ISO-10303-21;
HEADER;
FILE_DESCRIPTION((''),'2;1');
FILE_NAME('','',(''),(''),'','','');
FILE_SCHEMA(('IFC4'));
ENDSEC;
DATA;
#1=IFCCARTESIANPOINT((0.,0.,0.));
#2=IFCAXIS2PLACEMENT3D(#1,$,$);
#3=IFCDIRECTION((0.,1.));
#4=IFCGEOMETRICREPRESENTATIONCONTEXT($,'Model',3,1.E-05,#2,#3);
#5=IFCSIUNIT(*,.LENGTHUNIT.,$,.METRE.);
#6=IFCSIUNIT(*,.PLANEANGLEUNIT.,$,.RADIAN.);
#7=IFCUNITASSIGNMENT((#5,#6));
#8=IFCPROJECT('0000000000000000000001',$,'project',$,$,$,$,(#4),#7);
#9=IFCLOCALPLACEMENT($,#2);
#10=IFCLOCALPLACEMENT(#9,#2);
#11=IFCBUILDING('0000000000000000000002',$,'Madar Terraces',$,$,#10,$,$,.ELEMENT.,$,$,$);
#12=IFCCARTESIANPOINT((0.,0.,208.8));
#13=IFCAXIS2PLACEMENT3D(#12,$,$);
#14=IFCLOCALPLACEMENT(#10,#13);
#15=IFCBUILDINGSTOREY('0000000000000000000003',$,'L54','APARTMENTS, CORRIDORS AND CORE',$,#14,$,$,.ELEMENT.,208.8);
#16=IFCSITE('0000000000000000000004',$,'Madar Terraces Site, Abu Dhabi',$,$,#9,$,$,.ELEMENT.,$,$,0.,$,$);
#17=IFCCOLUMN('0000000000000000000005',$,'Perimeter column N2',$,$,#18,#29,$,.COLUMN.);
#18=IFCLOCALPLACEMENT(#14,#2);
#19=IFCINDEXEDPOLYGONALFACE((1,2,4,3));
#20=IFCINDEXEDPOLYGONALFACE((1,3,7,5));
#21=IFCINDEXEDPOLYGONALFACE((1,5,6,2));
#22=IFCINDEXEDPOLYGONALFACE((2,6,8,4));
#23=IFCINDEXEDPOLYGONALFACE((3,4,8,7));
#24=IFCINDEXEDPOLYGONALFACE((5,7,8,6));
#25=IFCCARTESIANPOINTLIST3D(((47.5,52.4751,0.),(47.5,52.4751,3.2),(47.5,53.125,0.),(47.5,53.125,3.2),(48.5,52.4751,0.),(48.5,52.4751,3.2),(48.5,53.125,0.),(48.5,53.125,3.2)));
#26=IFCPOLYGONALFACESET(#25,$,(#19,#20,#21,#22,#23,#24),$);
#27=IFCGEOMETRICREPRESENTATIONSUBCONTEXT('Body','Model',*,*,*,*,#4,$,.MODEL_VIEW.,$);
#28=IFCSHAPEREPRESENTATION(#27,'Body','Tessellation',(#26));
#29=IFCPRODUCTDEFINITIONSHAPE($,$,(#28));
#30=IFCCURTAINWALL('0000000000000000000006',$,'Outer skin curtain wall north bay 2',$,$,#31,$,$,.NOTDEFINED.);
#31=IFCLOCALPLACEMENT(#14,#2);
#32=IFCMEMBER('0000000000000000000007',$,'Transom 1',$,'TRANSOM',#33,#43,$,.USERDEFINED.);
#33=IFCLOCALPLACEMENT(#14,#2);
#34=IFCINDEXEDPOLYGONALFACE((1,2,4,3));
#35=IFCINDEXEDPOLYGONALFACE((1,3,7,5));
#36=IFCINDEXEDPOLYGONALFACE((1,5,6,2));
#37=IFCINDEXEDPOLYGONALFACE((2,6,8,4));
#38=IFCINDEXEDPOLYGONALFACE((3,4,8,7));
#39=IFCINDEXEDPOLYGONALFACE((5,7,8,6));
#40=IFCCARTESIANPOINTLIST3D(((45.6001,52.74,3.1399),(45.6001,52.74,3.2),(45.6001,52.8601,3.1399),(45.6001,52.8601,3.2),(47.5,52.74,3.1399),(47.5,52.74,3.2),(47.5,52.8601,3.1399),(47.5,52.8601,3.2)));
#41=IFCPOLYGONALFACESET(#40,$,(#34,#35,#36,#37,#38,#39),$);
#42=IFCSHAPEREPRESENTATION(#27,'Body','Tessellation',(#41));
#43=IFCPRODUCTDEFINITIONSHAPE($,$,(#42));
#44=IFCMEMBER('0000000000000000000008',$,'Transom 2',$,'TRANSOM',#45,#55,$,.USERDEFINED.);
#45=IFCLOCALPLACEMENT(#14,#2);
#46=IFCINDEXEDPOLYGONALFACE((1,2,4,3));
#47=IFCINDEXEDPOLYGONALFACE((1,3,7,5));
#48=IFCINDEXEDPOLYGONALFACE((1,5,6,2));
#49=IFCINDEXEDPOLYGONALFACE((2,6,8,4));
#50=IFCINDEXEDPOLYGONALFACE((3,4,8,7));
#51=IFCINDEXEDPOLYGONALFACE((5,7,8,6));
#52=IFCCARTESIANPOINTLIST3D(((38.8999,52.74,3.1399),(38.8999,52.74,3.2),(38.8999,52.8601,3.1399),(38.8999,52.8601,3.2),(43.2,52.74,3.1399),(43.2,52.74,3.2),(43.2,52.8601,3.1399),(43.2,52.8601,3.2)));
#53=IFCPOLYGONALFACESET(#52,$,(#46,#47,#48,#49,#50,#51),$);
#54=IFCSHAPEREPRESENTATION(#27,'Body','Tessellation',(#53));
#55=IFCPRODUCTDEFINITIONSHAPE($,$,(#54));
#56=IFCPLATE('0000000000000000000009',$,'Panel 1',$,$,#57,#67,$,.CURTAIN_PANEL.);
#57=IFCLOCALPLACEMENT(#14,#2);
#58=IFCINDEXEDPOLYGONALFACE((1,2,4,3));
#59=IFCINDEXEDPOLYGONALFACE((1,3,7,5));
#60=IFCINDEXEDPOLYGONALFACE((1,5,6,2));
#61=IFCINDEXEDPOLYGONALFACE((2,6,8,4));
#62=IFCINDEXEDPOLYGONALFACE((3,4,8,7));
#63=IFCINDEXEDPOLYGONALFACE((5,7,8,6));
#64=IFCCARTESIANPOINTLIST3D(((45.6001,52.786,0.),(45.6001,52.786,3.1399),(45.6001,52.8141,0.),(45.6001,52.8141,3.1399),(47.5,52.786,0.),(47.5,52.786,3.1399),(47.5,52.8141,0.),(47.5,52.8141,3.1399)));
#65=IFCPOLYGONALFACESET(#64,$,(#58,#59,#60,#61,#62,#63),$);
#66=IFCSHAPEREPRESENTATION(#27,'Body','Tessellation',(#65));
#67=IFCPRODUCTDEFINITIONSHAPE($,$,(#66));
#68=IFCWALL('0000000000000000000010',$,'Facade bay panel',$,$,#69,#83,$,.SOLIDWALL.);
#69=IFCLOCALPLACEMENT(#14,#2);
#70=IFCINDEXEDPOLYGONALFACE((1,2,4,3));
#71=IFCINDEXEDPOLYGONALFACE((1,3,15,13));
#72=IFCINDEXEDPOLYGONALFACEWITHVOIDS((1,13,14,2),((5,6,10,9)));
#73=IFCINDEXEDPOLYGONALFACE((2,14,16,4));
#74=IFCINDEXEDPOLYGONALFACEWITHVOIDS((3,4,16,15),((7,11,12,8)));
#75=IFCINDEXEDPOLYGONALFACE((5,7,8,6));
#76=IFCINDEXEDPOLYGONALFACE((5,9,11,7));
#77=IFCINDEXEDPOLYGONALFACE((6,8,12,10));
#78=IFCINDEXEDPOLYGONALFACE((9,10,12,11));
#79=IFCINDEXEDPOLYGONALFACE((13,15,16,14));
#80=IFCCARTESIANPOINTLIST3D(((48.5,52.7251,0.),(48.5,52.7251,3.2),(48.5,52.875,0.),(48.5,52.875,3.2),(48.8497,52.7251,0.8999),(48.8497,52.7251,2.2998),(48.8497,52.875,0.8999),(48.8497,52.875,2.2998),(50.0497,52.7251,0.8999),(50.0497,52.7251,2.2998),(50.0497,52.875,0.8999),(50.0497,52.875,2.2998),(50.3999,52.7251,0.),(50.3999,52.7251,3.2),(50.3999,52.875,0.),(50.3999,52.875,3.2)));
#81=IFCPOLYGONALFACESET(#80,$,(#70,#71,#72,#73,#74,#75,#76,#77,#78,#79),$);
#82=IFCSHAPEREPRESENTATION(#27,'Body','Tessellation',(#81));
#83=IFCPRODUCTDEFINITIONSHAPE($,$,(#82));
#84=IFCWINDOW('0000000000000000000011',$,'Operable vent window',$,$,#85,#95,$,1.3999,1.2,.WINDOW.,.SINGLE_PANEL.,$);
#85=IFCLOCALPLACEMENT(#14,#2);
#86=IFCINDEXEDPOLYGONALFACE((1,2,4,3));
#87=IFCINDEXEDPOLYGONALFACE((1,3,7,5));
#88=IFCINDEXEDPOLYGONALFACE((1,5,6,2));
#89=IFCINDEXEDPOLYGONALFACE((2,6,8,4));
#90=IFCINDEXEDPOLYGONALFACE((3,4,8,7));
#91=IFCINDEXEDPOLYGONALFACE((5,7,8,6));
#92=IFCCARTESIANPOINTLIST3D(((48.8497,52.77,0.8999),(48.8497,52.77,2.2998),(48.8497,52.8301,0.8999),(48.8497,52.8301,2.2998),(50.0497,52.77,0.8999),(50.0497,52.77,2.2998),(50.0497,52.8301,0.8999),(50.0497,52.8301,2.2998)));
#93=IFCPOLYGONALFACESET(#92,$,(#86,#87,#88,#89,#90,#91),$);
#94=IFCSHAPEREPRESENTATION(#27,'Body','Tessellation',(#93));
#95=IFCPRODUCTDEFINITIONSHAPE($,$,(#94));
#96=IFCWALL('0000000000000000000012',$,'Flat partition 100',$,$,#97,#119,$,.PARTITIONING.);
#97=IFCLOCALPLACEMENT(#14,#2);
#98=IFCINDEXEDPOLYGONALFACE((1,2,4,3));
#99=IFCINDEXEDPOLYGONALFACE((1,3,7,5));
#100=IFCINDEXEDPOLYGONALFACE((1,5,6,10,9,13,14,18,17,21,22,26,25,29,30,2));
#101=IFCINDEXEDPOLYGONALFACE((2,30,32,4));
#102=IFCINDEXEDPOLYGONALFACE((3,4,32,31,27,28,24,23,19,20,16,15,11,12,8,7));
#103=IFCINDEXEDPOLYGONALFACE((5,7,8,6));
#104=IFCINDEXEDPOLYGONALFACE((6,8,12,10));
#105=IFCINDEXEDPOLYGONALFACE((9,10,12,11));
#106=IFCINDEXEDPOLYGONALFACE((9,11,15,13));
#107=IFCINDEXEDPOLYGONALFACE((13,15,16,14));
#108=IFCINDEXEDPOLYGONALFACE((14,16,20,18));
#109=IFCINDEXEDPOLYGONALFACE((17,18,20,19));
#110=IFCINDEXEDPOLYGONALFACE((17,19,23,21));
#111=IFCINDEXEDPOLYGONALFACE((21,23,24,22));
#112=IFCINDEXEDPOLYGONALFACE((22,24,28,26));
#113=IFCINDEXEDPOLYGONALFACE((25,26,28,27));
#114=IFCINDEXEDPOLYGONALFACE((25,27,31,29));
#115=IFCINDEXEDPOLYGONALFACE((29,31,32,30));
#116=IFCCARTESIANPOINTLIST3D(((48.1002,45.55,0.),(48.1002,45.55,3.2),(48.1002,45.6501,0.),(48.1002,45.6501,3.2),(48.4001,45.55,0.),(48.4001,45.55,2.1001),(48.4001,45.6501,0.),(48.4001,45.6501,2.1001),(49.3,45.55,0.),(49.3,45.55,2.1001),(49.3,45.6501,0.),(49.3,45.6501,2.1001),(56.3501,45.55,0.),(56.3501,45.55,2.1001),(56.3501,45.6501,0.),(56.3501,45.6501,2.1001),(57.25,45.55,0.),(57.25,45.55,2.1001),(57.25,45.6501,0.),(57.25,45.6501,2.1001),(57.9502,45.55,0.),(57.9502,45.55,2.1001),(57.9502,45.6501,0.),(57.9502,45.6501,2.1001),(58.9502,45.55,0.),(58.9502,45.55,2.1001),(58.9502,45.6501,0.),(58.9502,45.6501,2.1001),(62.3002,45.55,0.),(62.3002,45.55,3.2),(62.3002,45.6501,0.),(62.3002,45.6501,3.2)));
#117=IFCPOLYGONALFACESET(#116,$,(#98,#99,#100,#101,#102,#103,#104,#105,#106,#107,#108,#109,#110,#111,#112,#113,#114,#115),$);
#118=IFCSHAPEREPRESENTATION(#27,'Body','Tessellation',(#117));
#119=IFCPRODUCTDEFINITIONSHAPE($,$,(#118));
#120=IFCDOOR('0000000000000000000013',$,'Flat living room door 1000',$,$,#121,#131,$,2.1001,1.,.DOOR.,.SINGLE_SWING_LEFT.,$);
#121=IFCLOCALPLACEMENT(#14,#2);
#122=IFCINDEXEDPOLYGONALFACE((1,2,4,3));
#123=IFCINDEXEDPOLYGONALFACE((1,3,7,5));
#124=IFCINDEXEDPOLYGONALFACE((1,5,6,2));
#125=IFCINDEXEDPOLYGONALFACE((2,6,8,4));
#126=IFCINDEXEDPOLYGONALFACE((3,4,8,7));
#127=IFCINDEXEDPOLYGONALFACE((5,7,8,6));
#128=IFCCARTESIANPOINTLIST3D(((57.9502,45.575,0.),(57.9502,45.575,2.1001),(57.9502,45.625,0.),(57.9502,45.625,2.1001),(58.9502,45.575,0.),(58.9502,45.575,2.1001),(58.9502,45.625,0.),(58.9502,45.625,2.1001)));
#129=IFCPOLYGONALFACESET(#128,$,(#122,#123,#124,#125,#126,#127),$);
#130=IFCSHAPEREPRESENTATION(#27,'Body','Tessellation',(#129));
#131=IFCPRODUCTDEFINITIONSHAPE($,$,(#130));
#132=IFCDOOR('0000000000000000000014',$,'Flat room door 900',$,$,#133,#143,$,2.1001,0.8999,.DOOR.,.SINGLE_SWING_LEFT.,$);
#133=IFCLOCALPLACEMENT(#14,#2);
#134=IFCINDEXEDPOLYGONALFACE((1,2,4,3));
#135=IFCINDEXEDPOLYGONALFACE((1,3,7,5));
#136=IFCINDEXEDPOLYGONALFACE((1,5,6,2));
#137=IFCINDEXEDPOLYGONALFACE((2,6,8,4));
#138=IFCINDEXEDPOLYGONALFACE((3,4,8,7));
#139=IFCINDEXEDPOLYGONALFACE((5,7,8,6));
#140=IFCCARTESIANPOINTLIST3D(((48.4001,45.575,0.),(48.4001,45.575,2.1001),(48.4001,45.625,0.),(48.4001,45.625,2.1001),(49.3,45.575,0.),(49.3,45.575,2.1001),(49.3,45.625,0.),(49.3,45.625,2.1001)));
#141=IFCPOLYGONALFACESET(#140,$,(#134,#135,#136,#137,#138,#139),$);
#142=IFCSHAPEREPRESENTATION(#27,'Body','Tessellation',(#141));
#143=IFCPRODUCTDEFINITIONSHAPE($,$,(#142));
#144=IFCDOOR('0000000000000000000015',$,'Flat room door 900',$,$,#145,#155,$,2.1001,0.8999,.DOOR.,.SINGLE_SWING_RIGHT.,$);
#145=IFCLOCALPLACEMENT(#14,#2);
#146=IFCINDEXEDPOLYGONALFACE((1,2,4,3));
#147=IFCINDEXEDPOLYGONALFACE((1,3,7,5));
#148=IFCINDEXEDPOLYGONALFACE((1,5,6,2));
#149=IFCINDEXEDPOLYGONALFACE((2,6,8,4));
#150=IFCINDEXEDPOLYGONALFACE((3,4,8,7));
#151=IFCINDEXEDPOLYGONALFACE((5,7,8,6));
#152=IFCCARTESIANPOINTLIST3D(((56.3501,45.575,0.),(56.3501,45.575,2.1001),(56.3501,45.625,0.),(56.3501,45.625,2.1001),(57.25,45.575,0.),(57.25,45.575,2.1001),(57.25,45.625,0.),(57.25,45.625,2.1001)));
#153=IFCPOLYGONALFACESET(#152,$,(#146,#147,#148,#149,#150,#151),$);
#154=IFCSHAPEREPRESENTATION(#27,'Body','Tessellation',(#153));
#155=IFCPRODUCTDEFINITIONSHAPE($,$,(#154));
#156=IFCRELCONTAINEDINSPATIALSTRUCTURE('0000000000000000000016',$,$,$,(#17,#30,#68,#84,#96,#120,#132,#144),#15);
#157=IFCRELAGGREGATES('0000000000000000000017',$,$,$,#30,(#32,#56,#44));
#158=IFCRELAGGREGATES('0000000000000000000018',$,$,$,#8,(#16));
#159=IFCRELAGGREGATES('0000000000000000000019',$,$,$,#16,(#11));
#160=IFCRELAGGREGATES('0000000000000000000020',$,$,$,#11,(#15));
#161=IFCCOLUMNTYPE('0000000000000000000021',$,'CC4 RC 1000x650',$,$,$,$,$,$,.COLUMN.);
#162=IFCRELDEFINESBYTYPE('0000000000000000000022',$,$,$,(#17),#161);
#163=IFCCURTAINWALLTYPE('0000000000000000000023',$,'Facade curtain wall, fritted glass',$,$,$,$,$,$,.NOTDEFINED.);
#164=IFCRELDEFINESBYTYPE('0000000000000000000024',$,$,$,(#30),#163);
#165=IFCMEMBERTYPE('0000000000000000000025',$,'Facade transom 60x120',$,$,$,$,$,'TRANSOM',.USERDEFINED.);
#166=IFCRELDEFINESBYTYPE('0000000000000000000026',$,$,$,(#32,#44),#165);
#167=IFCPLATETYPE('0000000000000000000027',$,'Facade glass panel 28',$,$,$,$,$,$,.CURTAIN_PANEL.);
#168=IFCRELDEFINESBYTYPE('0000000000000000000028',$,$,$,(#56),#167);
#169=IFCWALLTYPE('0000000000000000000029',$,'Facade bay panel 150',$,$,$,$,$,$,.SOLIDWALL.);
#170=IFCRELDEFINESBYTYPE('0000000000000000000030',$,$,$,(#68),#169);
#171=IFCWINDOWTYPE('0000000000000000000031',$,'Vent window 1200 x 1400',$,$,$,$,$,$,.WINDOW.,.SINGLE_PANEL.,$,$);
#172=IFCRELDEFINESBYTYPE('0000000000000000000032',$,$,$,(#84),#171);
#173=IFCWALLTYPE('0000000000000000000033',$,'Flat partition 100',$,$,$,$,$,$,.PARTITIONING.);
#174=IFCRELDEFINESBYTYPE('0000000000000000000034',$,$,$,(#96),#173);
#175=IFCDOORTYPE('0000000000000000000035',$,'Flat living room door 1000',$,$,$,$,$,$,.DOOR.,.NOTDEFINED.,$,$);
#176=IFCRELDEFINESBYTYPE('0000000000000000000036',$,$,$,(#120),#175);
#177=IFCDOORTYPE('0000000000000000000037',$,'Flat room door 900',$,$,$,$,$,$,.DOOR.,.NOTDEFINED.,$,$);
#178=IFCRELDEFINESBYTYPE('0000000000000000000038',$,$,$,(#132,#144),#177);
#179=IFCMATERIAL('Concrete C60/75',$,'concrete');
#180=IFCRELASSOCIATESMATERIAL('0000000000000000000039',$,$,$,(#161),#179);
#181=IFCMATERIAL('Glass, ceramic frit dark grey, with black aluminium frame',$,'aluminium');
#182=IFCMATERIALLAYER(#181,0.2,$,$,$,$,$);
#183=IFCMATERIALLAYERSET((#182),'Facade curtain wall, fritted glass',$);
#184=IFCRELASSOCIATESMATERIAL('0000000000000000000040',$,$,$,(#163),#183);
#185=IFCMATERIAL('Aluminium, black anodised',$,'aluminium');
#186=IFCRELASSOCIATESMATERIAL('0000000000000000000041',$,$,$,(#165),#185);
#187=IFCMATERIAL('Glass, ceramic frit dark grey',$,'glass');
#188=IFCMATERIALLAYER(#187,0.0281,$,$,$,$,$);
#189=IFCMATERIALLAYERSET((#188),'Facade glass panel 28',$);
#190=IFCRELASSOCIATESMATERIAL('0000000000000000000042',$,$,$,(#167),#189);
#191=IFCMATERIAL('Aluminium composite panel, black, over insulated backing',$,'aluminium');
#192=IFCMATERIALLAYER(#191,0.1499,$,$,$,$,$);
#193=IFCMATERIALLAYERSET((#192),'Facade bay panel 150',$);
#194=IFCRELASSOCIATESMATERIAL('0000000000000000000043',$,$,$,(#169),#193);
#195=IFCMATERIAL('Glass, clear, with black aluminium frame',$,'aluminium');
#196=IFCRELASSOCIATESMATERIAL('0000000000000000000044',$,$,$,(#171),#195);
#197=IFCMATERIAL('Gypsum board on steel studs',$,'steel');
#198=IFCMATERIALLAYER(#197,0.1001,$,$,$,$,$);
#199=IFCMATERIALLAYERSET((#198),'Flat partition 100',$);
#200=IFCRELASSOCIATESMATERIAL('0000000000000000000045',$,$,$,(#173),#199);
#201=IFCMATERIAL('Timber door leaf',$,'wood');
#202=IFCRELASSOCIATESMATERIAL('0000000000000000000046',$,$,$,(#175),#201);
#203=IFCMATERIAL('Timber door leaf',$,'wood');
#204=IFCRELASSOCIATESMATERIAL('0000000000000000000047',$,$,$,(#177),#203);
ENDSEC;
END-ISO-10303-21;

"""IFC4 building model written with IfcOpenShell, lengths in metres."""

from ifc_helpers import new_model, si_unit, direction, frame, frame_2d, origin, origin_2d, place, context, subcontext, project, spatial, rectangle, extrude, material, layer, layer_set, material_profile, profile_set, type_object, element, fill, aggregate, save


model = new_model("IFC4")

# Units and contexts
model_context = context("Model", 3, precision=1e-05, world=origin(), true_north=direction((0.0, 1.0)))
body_context = subcontext(model_context, "Body", "Model", "MODEL_VIEW")
ifc_project = project(units=[si_unit("LENGTHUNIT", "METRE"), si_unit("PLANEANGLEUNIT", "RADIAN")], contexts=[model_context])

# Site, building, storey
site_placement = place(None, origin())
site = spatial("IfcSite", under=ifc_project, at=site_placement, Name="Madar Terraces Site, Abu Dhabi", CompositionType="ELEMENT", RefElevation=0.0)
building_placement = place(site_placement, origin())
building = spatial("IfcBuilding", under=site, at=building_placement, Name="Madar Terraces", CompositionType="ELEMENT")
storey_placement = place(building_placement, frame((0.0, 0.0, 208.8)))
storey = spatial("IfcBuildingStorey", under=building, at=storey_placement, Name="L54", Description="APARTMENTS, CORRIDORS AND CORE", CompositionType="ELEMENT", Elevation=208.8)

# Column
ifc_material_1 = material(Name="Concrete C60/75", Category="concrete")
ifc_material_profile_1 = material_profile(ifc_material_1, rectangle(XDim=1.0, YDim=0.6499, at=origin_2d()), Name="CC4 RC 1000x650")
ifc_profile_set_1 = profile_set([ifc_material_profile_1], Name="Concrete C60/75")
column_type = type_object("IfcColumnType", Name="CC4 RC 1000x650", PredefinedType="COLUMN", material=ifc_profile_set_1)
column_placement = place(storey_placement, frame((48.0, 52.8, 0.0), z_axis=(0.0, 0.0, 1.0), x_axis=(1.0, 0.0, 0.0)))
element("IfcColumn", 1, at=column_placement, inside=storey, type_object=column_type, Name="Perimeter column N2", PredefinedType="COLUMN", context=body_context, shape_type="SweptSolid", body=[
    extrude(rectangle(XDim=1.0, YDim=0.6499, at=origin_2d()), origin(), (0.0, 0.0, 1.0), 3.2),
])

# Curtain wall, members, plate
ifc_material_2 = material(Name="Glass, ceramic frit dark grey, with black aluminium frame", Category="aluminium")
ifc_layer_1 = layer(ifc_material_2, 0.2)
ifc_layer_set_1 = layer_set([ifc_layer_1], Name="Facade curtain wall, fritted glass")
curtain_wall_type = type_object("IfcCurtainWallType", Name="Facade curtain wall, fritted glass", PredefinedType="NOTDEFINED", material=ifc_layer_set_1)
curtain_wall_placement = place(storey_placement, origin())
curtain_wall = element("IfcCurtainWall", 2, at=curtain_wall_placement, inside=storey, type_object=curtain_wall_type, Name="Outer skin curtain wall north bay 2", PredefinedType="NOTDEFINED")
ifc_material_3 = material(Name="Aluminium, black anodised", Category="aluminium")
ifc_material_profile_2 = material_profile(ifc_material_3, rectangle(XDim=0.1201, YDim=0.0601, at=origin_2d()), Name="Facade transom 60x120")
ifc_profile_set_2 = profile_set([ifc_material_profile_2], Name="Aluminium, black anodised")
member_type = type_object("IfcMemberType", Name="Facade transom 60x120", ElementType="TRANSOM", PredefinedType="USERDEFINED", material=ifc_profile_set_2)
member_1_placement = place(storey_placement, frame((47.5, 52.8, 3.1699), z_axis=(-1.0, 0.0, 0.0), x_axis=(0.0, -1.0, 0.0)))
member_1 = element("IfcMember", 3, at=member_1_placement, type_object=member_type, Name="Transom 1", ObjectType="TRANSOM", PredefinedType="USERDEFINED", context=body_context, shape_type="SweptSolid", body=[
    extrude(rectangle(XDim=0.1201, YDim=0.0601, at=origin_2d()), origin(), (0.0, 0.0, 1.0), 1.8999),
])
member_2_placement = place(storey_placement, frame((43.2, 52.8, 3.1699), z_axis=(-1.0, 0.0, 0.0), x_axis=(0.0, -1.0, 0.0)))
member_2 = element("IfcMember", 4, at=member_2_placement, type_object=member_type, Name="Transom 2", ObjectType="TRANSOM", PredefinedType="USERDEFINED", context=body_context, shape_type="SweptSolid", body=[
    extrude(rectangle(XDim=0.1201, YDim=0.0601, at=origin_2d()), origin(), (0.0, 0.0, 1.0), 4.3),
])
ifc_material_4 = material(Name="Glass, ceramic frit dark grey", Category="glass")
ifc_layer_2 = layer(ifc_material_4, 0.0281)
ifc_layer_set_2 = layer_set([ifc_layer_2], Name="Facade glass panel 28")
plate_type = type_object("IfcPlateType", Name="Facade glass panel 28", PredefinedType="CURTAIN_PANEL", material=ifc_layer_set_2)
plate_placement = place(storey_placement, frame((46.55, 52.8, 0.0), z_axis=(0.0, 0.0, 1.0), x_axis=(-1.0, 0.0, 0.0)))
plate = element("IfcPlate", 5, at=plate_placement, type_object=plate_type, Name="Panel 1", PredefinedType="CURTAIN_PANEL", context=body_context, shape_type="SweptSolid", body=[
    extrude(rectangle(XDim=1.8999, YDim=0.0281, at=origin_2d()), origin(), (0.0, 0.0, 1.0), 3.1399),
])
aggregate(curtain_wall, [member_1, plate, member_2])

# Wall, opening, window
ifc_material_5 = material(Name="Aluminium composite panel, black, over insulated backing", Category="aluminium")
ifc_layer_3 = layer(ifc_material_5, 0.1499)
ifc_layer_set_3 = layer_set([ifc_layer_3], Name="Facade bay panel 150")
wall_type_1 = type_object("IfcWallType", Name="Facade bay panel 150", PredefinedType="SOLIDWALL", material=ifc_layer_set_3)
wall_1_placement = place(storey_placement, frame((50.3999, 52.8, 0.0), z_axis=(0.0, 0.0, 1.0), x_axis=(-1.0, 0.0, 0.0)))
wall_1 = element("IfcWall", 6, at=wall_1_placement, inside=storey, type_object=wall_type_1, Name="Facade bay panel", PredefinedType="SOLIDWALL", context=body_context, shape_type="SweptSolid", body=[
    extrude(rectangle(XDim=1.8999, YDim=0.1499, at=frame_2d((0.95, 0.0))), origin(), (0.0, 0.0, 1.0), 3.2),
])
opening_1_placement = place(wall_1_placement, frame((0.3501, 0.0, 0.8999)))
opening_1 = element("IfcOpeningElement", 7, at=opening_1_placement, cuts=wall_1, PredefinedType="OPENING", context=body_context, shape_type="SweptSolid", body=[
    extrude(rectangle(XDim=1.2, YDim=1.3999, at=frame_2d((0.6001, 0.7))), frame((0.0, 0.085, 0.0), z_axis=(0.0, -1.0, 0.0), x_axis=(1.0, 0.0, 0.0)), (0.0, 0.0, 1.0), 0.1699),
])
ifc_material_6 = material(Name="Glass, clear, with black aluminium frame", Category="aluminium")
window_type = type_object("IfcWindowType", Name="Vent window 1200 x 1400", PartitioningType="SINGLE_PANEL", PredefinedType="WINDOW", material=ifc_material_6)
window_placement = place(opening_1_placement, origin())
window = element("IfcWindow", 8, at=window_placement, inside=storey, type_object=window_type, Name="Operable vent window", OverallHeight=1.3999, OverallWidth=1.2, PartitioningType="SINGLE_PANEL", PredefinedType="WINDOW", context=body_context, shape_type="SweptSolid", body=[
    extrude(rectangle(XDim=1.2, YDim=1.3999, at=frame_2d((0.6001, 0.7))), frame((0.0, 0.03, 0.0), z_axis=(0.0, -1.0, 0.0), x_axis=(1.0, 0.0, 0.0)), (0.0, 0.0, 1.0), 0.0601),
])
fill(opening_1, window)

# Wall, openings, doors
ifc_material_7 = material(Name="Gypsum board on steel studs", Category="steel")
ifc_layer_4 = layer(ifc_material_7, 0.1001)
ifc_layer_set_4 = layer_set([ifc_layer_4], Name="Flat partition 100")
wall_type_2 = type_object("IfcWallType", Name="Flat partition 100", PredefinedType="PARTITIONING", material=ifc_layer_set_4)
wall_2_placement = place(storey_placement, frame((48.1001, 45.6001, 0.0), z_axis=(0.0, 0.0, 1.0), x_axis=(1.0, 0.0, 0.0)))
wall_2 = element("IfcWall", 9, at=wall_2_placement, inside=storey, type_object=wall_type_2, Name="Flat partition 100", PredefinedType="PARTITIONING", context=body_context, shape_type="SweptSolid", body=[
    extrude(rectangle(XDim=14.2, YDim=0.1001, at=frame_2d((7.1001, 0.0))), origin(), (0.0, 0.0, 1.0), 3.2),
])
opening_2_placement = place(wall_2_placement, frame((0.3, 0.0, 0.0)))
opening_2 = element("IfcOpeningElement", 10, at=opening_2_placement, cuts=wall_2, PredefinedType="OPENING", context=body_context, shape_type="SweptSolid", body=[
    extrude(rectangle(XDim=0.8999, YDim=2.1001, at=frame_2d((0.45, 1.05))), frame((0.0, 0.0601, 0.0), z_axis=(0.0, -1.0, 0.0), x_axis=(1.0, 0.0, 0.0)), (0.0, 0.0, 1.0), 0.1201),
])
opening_3_placement = place(wall_2_placement, frame((8.25, 0.0, 0.0)))
opening_3 = element("IfcOpeningElement", 11, at=opening_3_placement, cuts=wall_2, PredefinedType="OPENING", context=body_context, shape_type="SweptSolid", body=[
    extrude(rectangle(XDim=0.8999, YDim=2.1001, at=frame_2d((0.45, 1.05))), frame((0.0, 0.0601, 0.0), z_axis=(0.0, -1.0, 0.0), x_axis=(1.0, 0.0, 0.0)), (0.0, 0.0, 1.0), 0.1201),
])
opening_4_placement = place(wall_2_placement, frame((9.8501, 0.0, 0.0)))
opening_4 = element("IfcOpeningElement", 12, at=opening_4_placement, cuts=wall_2, PredefinedType="OPENING", context=body_context, shape_type="SweptSolid", body=[
    extrude(rectangle(XDim=1.0, YDim=2.1001, at=frame_2d((0.5, 1.05))), frame((0.0, 0.0601, 0.0), z_axis=(0.0, -1.0, 0.0), x_axis=(1.0, 0.0, 0.0)), (0.0, 0.0, 1.0), 0.1201),
])
ifc_material_8 = material(Name="Timber door leaf", Category="wood")
door_type_1 = type_object("IfcDoorType", Name="Flat living room door 1000", OperationType="NOTDEFINED", PredefinedType="DOOR", material=ifc_material_8)
door_1_placement = place(opening_4_placement, origin())
door_1 = element("IfcDoor", 13, at=door_1_placement, inside=storey, type_object=door_type_1, Name="Flat living room door 1000", OperationType="SINGLE_SWING_LEFT", OverallHeight=2.1001, OverallWidth=1.0, PredefinedType="DOOR", context=body_context, shape_type="SweptSolid", body=[
    extrude(rectangle(XDim=1.0, YDim=2.1001, at=frame_2d((0.5, 1.05))), frame((0.0, 0.0249, 0.0), z_axis=(0.0, -1.0, 0.0), x_axis=(1.0, 0.0, 0.0)), (0.0, 0.0, 1.0), 0.05),
])
fill(opening_4, door_1)
ifc_material_9 = material(Name="Timber door leaf", Category="wood")
door_type_2 = type_object("IfcDoorType", Name="Flat room door 900", OperationType="NOTDEFINED", PredefinedType="DOOR", material=ifc_material_9)
door_2_placement = place(opening_2_placement, origin())
door_2 = element("IfcDoor", 14, at=door_2_placement, inside=storey, type_object=door_type_2, Name="Flat room door 900", OperationType="SINGLE_SWING_LEFT", OverallHeight=2.1001, OverallWidth=0.8999, PredefinedType="DOOR", context=body_context, shape_type="SweptSolid", body=[
    extrude(rectangle(XDim=0.8999, YDim=2.1001, at=frame_2d((0.45, 1.05))), frame((0.0, 0.0249, 0.0), z_axis=(0.0, -1.0, 0.0), x_axis=(1.0, 0.0, 0.0)), (0.0, 0.0, 1.0), 0.05),
])
fill(opening_2, door_2)
door_3_placement = place(opening_3_placement, origin())
door_3 = element("IfcDoor", 15, at=door_3_placement, inside=storey, type_object=door_type_2, Name="Flat room door 900", OperationType="SINGLE_SWING_RIGHT", OverallHeight=2.1001, OverallWidth=0.8999, PredefinedType="DOOR", context=body_context, shape_type="SweptSolid", body=[
    extrude(rectangle(XDim=0.8999, YDim=2.1001, at=frame_2d((0.45, 1.05))), frame((0.0, 0.0249, 0.0), z_axis=(0.0, -1.0, 0.0), x_axis=(1.0, 0.0, 0.0)), (0.0, 0.0, 1.0), 0.05),
])
fill(opening_3, door_3)

save(model, "model.ifc")
